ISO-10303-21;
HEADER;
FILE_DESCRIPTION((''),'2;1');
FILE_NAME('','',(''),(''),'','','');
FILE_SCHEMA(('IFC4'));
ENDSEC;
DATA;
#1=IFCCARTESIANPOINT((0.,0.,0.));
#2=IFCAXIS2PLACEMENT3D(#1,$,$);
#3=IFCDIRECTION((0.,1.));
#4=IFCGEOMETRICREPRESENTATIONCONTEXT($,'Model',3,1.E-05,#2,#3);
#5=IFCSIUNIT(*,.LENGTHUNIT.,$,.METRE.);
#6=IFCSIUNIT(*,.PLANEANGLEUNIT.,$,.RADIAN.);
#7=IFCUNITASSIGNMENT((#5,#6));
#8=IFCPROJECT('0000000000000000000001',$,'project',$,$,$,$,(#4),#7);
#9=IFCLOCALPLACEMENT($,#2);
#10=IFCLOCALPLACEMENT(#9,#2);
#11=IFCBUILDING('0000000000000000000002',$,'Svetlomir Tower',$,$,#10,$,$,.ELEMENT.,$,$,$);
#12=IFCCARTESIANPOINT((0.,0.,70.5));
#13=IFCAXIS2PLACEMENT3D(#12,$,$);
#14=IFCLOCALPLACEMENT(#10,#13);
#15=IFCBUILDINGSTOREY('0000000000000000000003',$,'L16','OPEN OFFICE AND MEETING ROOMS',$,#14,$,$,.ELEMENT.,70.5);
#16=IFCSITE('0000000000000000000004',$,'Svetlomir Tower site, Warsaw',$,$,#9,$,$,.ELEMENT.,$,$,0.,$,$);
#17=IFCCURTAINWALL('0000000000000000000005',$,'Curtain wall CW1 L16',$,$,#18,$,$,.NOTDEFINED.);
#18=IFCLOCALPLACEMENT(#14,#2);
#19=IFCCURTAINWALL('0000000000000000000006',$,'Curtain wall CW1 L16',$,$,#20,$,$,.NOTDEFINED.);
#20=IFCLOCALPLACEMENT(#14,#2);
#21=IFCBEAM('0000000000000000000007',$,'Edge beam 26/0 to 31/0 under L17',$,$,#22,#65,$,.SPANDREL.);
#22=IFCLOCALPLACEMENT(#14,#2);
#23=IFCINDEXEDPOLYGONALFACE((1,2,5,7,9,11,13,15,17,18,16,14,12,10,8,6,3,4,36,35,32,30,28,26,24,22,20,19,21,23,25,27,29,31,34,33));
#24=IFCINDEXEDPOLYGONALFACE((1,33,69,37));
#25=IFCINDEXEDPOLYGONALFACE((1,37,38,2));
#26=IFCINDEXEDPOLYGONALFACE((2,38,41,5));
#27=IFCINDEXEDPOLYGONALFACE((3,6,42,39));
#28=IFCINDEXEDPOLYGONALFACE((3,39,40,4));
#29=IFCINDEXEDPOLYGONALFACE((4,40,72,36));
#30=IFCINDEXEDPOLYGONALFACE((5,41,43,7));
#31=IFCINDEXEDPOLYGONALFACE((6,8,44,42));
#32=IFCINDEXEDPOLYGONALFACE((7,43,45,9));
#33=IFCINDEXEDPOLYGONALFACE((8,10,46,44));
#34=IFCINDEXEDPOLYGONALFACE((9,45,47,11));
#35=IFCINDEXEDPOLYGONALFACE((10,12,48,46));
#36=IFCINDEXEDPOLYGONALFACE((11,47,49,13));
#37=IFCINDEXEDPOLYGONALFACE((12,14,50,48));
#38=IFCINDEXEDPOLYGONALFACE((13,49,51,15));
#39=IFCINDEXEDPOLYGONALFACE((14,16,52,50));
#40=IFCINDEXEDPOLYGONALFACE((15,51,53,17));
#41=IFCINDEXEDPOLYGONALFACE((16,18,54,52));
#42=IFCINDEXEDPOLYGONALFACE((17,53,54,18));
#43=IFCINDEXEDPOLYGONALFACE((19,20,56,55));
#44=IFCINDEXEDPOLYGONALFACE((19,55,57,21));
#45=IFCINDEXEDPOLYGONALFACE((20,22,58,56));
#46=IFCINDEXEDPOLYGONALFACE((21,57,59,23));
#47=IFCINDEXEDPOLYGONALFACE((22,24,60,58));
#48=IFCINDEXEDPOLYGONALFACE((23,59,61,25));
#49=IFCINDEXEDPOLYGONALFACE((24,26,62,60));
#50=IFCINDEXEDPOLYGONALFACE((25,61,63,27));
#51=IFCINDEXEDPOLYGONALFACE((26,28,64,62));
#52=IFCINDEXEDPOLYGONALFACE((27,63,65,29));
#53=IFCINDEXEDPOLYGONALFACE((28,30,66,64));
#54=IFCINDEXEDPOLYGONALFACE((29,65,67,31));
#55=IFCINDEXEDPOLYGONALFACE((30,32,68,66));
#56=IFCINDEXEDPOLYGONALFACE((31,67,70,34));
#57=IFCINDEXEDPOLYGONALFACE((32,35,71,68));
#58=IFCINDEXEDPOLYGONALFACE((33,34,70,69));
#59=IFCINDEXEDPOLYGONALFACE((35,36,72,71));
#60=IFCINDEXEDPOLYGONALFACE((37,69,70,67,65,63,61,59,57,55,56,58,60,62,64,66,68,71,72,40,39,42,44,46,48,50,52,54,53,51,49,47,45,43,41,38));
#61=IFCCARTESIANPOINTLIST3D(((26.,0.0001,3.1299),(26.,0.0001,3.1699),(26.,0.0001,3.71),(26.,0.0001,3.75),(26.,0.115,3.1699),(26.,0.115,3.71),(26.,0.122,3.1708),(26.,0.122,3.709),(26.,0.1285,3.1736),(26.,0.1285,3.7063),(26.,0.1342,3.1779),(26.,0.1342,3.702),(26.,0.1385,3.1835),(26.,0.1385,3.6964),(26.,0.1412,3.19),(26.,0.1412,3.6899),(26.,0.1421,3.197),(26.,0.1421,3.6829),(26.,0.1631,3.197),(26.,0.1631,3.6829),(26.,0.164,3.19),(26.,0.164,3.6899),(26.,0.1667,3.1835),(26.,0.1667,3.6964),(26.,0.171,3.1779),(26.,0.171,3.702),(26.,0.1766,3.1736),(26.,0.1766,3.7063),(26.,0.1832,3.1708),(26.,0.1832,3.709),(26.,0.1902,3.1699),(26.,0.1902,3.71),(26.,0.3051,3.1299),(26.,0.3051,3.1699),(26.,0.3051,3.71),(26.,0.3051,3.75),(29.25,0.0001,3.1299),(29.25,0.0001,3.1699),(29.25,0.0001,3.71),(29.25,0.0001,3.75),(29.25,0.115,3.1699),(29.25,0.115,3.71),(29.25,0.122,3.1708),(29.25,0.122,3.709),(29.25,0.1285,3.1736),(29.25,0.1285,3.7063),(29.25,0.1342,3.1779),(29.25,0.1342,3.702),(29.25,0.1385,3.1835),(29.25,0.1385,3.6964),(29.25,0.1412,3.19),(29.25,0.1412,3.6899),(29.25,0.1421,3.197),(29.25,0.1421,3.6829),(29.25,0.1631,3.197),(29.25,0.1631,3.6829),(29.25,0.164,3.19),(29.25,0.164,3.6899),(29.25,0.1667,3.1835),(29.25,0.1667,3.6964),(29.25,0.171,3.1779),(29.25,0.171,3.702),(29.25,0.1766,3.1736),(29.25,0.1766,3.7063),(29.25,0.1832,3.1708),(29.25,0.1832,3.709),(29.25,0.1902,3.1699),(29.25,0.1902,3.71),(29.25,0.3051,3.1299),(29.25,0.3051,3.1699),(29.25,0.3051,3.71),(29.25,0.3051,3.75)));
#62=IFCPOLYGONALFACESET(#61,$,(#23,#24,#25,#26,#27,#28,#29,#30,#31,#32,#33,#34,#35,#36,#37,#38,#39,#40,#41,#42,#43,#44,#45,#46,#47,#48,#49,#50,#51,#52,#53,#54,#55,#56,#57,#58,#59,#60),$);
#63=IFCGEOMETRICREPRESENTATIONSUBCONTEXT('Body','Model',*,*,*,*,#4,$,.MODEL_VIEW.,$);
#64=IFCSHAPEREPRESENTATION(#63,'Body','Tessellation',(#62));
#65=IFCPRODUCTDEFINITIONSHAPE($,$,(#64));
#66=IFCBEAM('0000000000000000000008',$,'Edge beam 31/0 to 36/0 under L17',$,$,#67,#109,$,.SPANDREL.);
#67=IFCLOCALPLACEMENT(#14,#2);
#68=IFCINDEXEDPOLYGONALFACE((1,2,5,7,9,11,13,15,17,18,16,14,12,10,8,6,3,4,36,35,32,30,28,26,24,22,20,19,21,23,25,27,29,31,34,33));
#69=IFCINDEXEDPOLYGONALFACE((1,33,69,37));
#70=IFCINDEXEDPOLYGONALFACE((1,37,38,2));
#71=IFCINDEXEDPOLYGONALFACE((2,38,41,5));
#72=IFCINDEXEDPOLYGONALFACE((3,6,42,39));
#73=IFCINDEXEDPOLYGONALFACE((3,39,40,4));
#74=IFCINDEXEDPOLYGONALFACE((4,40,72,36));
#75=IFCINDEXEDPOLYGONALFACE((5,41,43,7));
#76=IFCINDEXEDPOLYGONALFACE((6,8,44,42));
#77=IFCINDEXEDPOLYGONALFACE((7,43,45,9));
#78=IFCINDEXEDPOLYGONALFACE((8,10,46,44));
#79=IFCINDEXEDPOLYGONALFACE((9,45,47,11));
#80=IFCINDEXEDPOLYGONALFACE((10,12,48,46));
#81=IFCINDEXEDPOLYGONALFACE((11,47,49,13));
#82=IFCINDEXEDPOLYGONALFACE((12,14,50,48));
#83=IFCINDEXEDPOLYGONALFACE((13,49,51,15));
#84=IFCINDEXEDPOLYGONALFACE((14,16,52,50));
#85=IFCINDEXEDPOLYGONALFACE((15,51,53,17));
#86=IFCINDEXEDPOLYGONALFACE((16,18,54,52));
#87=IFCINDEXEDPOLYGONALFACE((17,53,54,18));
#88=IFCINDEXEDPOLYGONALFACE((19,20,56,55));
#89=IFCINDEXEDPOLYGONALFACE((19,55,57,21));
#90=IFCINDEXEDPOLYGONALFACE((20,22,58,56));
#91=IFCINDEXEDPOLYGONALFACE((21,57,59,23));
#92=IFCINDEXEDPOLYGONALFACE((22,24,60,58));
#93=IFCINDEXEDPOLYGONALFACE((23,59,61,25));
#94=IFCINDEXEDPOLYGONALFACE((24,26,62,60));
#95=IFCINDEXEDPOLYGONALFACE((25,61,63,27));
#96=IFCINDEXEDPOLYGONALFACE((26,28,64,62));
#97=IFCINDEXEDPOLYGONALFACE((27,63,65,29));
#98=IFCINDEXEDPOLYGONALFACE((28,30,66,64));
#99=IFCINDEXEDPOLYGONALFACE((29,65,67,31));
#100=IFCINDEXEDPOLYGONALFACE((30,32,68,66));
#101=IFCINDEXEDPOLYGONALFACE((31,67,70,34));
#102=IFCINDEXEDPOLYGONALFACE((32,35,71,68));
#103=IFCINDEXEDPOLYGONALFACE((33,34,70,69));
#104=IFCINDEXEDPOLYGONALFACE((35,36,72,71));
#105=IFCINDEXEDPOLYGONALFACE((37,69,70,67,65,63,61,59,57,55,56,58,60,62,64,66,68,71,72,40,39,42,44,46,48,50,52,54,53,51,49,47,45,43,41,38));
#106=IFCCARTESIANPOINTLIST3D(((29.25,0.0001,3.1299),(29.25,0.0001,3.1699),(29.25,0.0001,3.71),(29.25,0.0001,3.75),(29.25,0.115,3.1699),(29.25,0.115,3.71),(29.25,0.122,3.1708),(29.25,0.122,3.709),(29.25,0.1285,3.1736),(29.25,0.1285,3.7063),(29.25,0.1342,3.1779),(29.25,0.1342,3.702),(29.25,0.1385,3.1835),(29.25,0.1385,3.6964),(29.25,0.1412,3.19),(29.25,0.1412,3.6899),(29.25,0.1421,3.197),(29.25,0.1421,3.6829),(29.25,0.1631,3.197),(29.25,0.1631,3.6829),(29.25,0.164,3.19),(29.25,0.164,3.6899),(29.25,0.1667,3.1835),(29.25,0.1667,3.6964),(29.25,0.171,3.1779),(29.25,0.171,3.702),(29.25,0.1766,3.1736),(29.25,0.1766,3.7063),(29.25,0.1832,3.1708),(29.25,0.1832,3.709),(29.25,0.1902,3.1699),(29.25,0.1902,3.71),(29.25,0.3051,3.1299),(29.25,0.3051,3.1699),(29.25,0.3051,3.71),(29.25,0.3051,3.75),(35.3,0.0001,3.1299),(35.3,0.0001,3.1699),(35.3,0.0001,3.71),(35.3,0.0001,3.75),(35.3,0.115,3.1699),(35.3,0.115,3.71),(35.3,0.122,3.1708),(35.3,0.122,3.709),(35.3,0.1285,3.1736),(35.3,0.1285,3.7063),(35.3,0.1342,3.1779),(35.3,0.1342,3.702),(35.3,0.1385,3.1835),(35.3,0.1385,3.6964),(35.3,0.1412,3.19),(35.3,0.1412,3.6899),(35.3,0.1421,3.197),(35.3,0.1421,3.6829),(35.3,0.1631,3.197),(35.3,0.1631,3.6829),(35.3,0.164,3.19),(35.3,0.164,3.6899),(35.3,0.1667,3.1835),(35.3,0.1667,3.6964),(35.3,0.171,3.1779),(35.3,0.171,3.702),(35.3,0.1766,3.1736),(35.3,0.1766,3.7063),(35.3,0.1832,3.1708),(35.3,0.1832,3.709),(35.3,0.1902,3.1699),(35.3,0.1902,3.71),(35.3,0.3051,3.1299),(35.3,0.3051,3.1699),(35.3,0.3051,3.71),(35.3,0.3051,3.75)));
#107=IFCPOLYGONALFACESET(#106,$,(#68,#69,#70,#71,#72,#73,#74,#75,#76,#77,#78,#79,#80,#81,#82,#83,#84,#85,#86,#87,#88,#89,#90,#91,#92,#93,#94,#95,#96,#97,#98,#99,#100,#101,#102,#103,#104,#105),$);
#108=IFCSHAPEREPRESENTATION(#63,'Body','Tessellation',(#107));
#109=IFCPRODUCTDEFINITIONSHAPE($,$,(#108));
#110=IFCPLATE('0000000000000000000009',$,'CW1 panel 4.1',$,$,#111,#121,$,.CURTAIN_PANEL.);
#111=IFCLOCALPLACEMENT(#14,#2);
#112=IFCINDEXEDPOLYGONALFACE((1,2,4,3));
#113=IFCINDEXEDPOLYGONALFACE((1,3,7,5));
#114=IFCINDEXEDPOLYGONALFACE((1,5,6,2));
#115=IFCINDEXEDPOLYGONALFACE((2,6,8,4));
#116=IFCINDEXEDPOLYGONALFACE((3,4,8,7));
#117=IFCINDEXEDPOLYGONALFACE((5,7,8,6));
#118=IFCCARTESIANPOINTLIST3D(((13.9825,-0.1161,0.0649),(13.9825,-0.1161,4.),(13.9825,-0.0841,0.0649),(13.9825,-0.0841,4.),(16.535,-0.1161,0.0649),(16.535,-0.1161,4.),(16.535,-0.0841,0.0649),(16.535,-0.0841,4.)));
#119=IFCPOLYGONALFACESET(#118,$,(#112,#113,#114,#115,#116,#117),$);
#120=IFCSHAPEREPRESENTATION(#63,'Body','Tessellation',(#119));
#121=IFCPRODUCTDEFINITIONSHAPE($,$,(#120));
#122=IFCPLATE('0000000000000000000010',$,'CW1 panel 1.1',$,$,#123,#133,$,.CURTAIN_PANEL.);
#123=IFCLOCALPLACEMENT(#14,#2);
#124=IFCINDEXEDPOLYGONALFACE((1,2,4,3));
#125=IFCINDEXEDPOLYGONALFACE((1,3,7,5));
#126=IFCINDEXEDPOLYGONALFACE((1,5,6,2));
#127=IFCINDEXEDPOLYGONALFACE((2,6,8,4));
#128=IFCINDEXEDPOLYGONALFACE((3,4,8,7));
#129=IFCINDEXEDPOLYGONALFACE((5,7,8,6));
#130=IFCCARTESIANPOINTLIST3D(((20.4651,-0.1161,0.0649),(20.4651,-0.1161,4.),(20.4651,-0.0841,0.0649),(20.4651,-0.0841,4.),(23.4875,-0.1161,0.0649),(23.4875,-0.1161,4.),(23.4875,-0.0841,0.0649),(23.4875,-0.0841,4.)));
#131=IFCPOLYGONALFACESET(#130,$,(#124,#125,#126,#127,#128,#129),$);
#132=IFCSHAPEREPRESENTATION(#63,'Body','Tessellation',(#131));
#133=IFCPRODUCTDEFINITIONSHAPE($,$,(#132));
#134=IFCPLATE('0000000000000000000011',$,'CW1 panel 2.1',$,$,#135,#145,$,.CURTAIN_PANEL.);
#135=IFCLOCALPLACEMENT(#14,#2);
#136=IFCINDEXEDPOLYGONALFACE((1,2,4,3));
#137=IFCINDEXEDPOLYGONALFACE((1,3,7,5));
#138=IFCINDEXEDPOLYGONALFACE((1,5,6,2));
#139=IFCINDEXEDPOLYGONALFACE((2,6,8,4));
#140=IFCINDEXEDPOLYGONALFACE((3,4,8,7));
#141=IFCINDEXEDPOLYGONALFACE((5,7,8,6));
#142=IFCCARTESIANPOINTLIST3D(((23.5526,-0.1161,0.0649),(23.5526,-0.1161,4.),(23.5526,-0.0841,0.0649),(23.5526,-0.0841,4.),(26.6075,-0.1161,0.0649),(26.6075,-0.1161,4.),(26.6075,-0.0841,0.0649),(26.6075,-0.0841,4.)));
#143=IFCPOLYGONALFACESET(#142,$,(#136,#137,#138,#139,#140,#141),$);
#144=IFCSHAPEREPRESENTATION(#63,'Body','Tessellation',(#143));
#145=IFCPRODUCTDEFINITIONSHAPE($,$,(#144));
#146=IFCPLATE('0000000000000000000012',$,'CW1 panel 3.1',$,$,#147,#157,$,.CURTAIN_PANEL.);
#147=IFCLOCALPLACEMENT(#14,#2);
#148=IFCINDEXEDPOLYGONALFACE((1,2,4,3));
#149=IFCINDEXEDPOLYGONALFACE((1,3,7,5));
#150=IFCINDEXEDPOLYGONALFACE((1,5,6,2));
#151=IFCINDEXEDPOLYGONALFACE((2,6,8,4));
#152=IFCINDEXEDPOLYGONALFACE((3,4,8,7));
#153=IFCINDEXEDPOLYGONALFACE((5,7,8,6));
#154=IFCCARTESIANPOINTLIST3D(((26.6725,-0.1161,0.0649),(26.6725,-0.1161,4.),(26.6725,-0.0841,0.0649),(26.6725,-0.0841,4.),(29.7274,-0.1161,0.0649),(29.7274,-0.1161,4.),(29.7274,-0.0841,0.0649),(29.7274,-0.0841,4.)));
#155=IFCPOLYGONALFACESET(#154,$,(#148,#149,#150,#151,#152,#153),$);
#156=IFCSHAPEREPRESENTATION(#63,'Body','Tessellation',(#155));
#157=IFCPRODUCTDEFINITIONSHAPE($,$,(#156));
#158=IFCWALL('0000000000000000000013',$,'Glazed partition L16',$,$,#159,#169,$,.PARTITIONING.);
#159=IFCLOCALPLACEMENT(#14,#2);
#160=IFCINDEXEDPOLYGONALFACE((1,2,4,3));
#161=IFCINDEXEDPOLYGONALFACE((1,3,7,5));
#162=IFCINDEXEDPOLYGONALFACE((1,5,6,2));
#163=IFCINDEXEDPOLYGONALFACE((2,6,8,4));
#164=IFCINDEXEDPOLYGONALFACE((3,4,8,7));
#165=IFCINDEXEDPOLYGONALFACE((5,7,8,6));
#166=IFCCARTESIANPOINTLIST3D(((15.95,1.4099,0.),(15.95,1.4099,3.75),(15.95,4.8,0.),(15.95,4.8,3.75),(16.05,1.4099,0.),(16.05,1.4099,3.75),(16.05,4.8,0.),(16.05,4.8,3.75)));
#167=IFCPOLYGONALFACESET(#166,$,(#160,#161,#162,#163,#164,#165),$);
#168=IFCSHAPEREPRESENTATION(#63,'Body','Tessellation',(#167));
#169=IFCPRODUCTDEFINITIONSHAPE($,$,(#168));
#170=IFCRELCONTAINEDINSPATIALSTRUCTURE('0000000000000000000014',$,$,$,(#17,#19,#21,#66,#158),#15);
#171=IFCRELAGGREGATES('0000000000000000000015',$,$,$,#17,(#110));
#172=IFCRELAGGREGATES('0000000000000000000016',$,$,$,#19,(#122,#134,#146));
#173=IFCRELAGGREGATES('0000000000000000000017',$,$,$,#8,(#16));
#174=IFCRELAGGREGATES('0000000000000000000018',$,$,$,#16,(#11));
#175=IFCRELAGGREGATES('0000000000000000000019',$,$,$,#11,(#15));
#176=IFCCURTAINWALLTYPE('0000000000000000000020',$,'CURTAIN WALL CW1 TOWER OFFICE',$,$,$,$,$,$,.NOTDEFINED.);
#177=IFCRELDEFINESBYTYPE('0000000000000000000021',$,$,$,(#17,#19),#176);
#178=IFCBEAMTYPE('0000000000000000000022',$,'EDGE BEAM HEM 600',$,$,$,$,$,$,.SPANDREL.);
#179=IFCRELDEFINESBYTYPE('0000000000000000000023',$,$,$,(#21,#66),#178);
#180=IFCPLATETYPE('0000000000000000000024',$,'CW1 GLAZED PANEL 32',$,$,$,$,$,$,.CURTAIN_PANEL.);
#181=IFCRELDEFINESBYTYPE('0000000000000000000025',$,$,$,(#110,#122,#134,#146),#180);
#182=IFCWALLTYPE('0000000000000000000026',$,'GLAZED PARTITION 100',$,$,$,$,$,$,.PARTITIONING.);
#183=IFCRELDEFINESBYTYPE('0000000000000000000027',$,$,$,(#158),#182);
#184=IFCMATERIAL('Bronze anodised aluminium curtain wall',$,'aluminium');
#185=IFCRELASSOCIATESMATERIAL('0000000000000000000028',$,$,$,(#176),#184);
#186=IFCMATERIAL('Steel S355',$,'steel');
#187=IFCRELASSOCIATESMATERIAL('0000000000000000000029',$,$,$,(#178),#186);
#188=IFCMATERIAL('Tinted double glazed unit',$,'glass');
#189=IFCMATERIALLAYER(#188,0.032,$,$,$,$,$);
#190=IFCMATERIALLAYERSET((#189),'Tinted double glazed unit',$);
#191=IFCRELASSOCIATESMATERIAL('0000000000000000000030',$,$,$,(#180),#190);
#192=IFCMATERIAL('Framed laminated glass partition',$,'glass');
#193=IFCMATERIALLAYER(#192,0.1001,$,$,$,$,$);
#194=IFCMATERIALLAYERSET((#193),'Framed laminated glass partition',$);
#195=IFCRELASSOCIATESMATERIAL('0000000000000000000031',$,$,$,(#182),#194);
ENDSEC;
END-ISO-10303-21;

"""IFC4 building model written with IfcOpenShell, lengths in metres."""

from ifc_helpers import new_model, si_unit, direction, frame, frame_2d, origin, origin_2d, place, context, subcontext, project, spatial, rectangle, i_section, extrude, material, layer, layer_set, material_profile, profile_set, type_object, element, aggregate, save


model = new_model("IFC4")

# Units and contexts
model_context = context("Model", 3, precision=1e-05, world=origin(), true_north=direction((0.0, 1.0)))
body_context = subcontext(model_context, "Body", "Model", "MODEL_VIEW")
ifc_project = project(units=[si_unit("LENGTHUNIT", "METRE"), si_unit("PLANEANGLEUNIT", "RADIAN")], contexts=[model_context])

# Site, building, storey
site_placement = place(None, origin())
site = spatial("IfcSite", under=ifc_project, at=site_placement, Name="Svetlomir Tower site, Warsaw", CompositionType="ELEMENT", RefElevation=0.0)
building_placement = place(site_placement, origin())
building = spatial("IfcBuilding", under=site, at=building_placement, Name="Svetlomir Tower", CompositionType="ELEMENT")
storey_placement = place(building_placement, frame((0.0, 0.0, 70.5)))
storey = spatial("IfcBuildingStorey", under=building, at=storey_placement, Name="L16", Description="OPEN OFFICE AND MEETING ROOMS", CompositionType="ELEMENT", Elevation=70.5)

# Curtain walls
ifc_material_1 = material(Name="Bronze anodised aluminium curtain wall", Category="aluminium")
curtain_wall_type = type_object("IfcCurtainWallType", Name="CURTAIN WALL CW1 TOWER OFFICE", PredefinedType="NOTDEFINED", material=ifc_material_1)
curtain_wall_1_placement = place(storey_placement, origin())
curtain_wall_1 = element("IfcCurtainWall", 1, at=curtain_wall_1_placement, inside=storey, type_object=curtain_wall_type, Name="Curtain wall CW1 L16", PredefinedType="NOTDEFINED")
curtain_wall_2_placement = place(storey_placement, origin())
curtain_wall_2 = element("IfcCurtainWall", 2, at=curtain_wall_2_placement, inside=storey, type_object=curtain_wall_type, Name="Curtain wall CW1 L16", PredefinedType="NOTDEFINED")

# Beams
ifc_material_2 = material(Name="Steel S355", Category="steel")
ifc_material_profile_1 = material_profile(ifc_material_2, i_section(OverallWidth=0.3049, OverallDepth=0.6201, WebThickness=0.021, FlangeThickness=0.04, FilletRadius=0.0271, at=origin_2d()), Name="HEM 600")
ifc_profile_set_1 = profile_set([ifc_material_profile_1], Name="Steel S355")
beam_type_1 = type_object("IfcBeamType", Name="EDGE BEAM HEM 600", PredefinedType="SPANDREL", material=ifc_profile_set_1)
beam_1_placement = place(storey_placement, frame((26.0, 0.1526, 3.4399), z_axis=(1.0, 0.0, 0.0), x_axis=(0.0, 1.0, 0.0)))
element("IfcBeam", 3, at=beam_1_placement, inside=storey, type_object=beam_type_1, Name="Edge beam 26/0 to 31/0 under L17", PredefinedType="SPANDREL", context=body_context, shape_type="SweptSolid", body=[
    extrude(i_section(OverallWidth=0.3049, OverallDepth=0.6201, WebThickness=0.021, FlangeThickness=0.04, FilletRadius=0.0271, at=origin_2d()), origin(), (0.0, 0.0, 1.0), 3.25),
])
beam_2_placement = place(storey_placement, frame((29.25, 0.1526, 3.4399), z_axis=(1.0, 0.0, 0.0), x_axis=(0.0, 1.0, 0.0)))
element("IfcBeam", 4, at=beam_2_placement, inside=storey, type_object=beam_type_1, Name="Edge beam 31/0 to 36/0 under L17", PredefinedType="SPANDREL", context=body_context, shape_type="SweptSolid", body=[
    extrude(i_section(OverallWidth=0.3049, OverallDepth=0.6201, WebThickness=0.021, FlangeThickness=0.04, FilletRadius=0.0271, at=origin_2d()), origin(), (0.0, 0.0, 1.0), 6.05),
])

# Plates
ifc_material_3 = material(Name="Tinted double glazed unit", Category="glass")
ifc_layer_1 = layer(ifc_material_3, 0.032)
ifc_layer_set_1 = layer_set([ifc_layer_1], Name="Tinted double glazed unit")
plate_type = type_object("IfcPlateType", Name="CW1 GLAZED PANEL 32", PredefinedType="CURTAIN_PANEL", material=ifc_layer_set_1)
plate_1_placement = place(storey_placement, frame((15.2588, -0.1001, 0.0649), z_axis=(0.0, 0.0, 1.0), x_axis=(1.0, 0.0, 0.0)))
plate_1 = element("IfcPlate", 5, at=plate_1_placement, type_object=plate_type, Name="CW1 panel 4.1", PredefinedType="CURTAIN_PANEL", context=body_context, shape_type="SweptSolid", body=[
    extrude(rectangle(XDim=2.5525, YDim=0.032, at=origin_2d()), origin(), (0.0, 0.0, 1.0), 3.9351),
])
aggregate(curtain_wall_1, [plate_1])
plate_2_placement = place(storey_placement, frame((21.9763, -0.1001, 0.0649), z_axis=(0.0, 0.0, 1.0), x_axis=(1.0, 0.0, 0.0)))
plate_2 = element("IfcPlate", 6, at=plate_2_placement, type_object=plate_type, Name="CW1 panel 1.1", PredefinedType="CURTAIN_PANEL", context=body_context, shape_type="SweptSolid", body=[
    extrude(rectangle(XDim=3.0225, YDim=0.032, at=origin_2d()), origin(), (0.0, 0.0, 1.0), 3.9351),
])
plate_3_placement = place(storey_placement, frame((25.0801, -0.1001, 0.0649), z_axis=(0.0, 0.0, 1.0), x_axis=(1.0, 0.0, 0.0)))
plate_3 = element("IfcPlate", 7, at=plate_3_placement, type_object=plate_type, Name="CW1 panel 2.1", PredefinedType="CURTAIN_PANEL", context=body_context, shape_type="SweptSolid", body=[
    extrude(rectangle(XDim=3.0549, YDim=0.032, at=origin_2d()), origin(), (0.0, 0.0, 1.0), 3.9351),
])
plate_4_placement = place(storey_placement, frame((28.2, -0.1001, 0.0649), z_axis=(0.0, 0.0, 1.0), x_axis=(1.0, 0.0, 0.0)))
plate_4 = element("IfcPlate", 8, at=plate_4_placement, type_object=plate_type, Name="CW1 panel 3.1", PredefinedType="CURTAIN_PANEL", context=body_context, shape_type="SweptSolid", body=[
    extrude(rectangle(XDim=3.0549, YDim=0.032, at=origin_2d()), origin(), (0.0, 0.0, 1.0), 3.9351),
])
aggregate(curtain_wall_2, [plate_2, plate_3, plate_4])

# Wall
ifc_material_4 = material(Name="Framed laminated glass partition", Category="glass")
ifc_layer_2 = layer(ifc_material_4, 0.1001)
ifc_layer_set_2 = layer_set([ifc_layer_2], Name="Framed laminated glass partition")
wall_type_1 = type_object("IfcWallType", Name="GLAZED PARTITION 100", PredefinedType="PARTITIONING", material=ifc_layer_set_2)
wall_1_placement = place(storey_placement, frame((16.0, 1.4099, 0.0), z_axis=(0.0, 0.0, 1.0), x_axis=(0.0, 1.0, 0.0)))
element("IfcWall", 9, at=wall_1_placement, inside=storey, type_object=wall_type_1, Name="Glazed partition L16", PredefinedType="PARTITIONING", context=body_context, shape_type="SweptSolid", body=[
    extrude(rectangle(XDim=3.3901, YDim=0.1001, at=frame_2d((1.6951, 0.0))), origin(), (0.0, 0.0, 1.0), 3.75),
])

save(model, "model.ifc")
